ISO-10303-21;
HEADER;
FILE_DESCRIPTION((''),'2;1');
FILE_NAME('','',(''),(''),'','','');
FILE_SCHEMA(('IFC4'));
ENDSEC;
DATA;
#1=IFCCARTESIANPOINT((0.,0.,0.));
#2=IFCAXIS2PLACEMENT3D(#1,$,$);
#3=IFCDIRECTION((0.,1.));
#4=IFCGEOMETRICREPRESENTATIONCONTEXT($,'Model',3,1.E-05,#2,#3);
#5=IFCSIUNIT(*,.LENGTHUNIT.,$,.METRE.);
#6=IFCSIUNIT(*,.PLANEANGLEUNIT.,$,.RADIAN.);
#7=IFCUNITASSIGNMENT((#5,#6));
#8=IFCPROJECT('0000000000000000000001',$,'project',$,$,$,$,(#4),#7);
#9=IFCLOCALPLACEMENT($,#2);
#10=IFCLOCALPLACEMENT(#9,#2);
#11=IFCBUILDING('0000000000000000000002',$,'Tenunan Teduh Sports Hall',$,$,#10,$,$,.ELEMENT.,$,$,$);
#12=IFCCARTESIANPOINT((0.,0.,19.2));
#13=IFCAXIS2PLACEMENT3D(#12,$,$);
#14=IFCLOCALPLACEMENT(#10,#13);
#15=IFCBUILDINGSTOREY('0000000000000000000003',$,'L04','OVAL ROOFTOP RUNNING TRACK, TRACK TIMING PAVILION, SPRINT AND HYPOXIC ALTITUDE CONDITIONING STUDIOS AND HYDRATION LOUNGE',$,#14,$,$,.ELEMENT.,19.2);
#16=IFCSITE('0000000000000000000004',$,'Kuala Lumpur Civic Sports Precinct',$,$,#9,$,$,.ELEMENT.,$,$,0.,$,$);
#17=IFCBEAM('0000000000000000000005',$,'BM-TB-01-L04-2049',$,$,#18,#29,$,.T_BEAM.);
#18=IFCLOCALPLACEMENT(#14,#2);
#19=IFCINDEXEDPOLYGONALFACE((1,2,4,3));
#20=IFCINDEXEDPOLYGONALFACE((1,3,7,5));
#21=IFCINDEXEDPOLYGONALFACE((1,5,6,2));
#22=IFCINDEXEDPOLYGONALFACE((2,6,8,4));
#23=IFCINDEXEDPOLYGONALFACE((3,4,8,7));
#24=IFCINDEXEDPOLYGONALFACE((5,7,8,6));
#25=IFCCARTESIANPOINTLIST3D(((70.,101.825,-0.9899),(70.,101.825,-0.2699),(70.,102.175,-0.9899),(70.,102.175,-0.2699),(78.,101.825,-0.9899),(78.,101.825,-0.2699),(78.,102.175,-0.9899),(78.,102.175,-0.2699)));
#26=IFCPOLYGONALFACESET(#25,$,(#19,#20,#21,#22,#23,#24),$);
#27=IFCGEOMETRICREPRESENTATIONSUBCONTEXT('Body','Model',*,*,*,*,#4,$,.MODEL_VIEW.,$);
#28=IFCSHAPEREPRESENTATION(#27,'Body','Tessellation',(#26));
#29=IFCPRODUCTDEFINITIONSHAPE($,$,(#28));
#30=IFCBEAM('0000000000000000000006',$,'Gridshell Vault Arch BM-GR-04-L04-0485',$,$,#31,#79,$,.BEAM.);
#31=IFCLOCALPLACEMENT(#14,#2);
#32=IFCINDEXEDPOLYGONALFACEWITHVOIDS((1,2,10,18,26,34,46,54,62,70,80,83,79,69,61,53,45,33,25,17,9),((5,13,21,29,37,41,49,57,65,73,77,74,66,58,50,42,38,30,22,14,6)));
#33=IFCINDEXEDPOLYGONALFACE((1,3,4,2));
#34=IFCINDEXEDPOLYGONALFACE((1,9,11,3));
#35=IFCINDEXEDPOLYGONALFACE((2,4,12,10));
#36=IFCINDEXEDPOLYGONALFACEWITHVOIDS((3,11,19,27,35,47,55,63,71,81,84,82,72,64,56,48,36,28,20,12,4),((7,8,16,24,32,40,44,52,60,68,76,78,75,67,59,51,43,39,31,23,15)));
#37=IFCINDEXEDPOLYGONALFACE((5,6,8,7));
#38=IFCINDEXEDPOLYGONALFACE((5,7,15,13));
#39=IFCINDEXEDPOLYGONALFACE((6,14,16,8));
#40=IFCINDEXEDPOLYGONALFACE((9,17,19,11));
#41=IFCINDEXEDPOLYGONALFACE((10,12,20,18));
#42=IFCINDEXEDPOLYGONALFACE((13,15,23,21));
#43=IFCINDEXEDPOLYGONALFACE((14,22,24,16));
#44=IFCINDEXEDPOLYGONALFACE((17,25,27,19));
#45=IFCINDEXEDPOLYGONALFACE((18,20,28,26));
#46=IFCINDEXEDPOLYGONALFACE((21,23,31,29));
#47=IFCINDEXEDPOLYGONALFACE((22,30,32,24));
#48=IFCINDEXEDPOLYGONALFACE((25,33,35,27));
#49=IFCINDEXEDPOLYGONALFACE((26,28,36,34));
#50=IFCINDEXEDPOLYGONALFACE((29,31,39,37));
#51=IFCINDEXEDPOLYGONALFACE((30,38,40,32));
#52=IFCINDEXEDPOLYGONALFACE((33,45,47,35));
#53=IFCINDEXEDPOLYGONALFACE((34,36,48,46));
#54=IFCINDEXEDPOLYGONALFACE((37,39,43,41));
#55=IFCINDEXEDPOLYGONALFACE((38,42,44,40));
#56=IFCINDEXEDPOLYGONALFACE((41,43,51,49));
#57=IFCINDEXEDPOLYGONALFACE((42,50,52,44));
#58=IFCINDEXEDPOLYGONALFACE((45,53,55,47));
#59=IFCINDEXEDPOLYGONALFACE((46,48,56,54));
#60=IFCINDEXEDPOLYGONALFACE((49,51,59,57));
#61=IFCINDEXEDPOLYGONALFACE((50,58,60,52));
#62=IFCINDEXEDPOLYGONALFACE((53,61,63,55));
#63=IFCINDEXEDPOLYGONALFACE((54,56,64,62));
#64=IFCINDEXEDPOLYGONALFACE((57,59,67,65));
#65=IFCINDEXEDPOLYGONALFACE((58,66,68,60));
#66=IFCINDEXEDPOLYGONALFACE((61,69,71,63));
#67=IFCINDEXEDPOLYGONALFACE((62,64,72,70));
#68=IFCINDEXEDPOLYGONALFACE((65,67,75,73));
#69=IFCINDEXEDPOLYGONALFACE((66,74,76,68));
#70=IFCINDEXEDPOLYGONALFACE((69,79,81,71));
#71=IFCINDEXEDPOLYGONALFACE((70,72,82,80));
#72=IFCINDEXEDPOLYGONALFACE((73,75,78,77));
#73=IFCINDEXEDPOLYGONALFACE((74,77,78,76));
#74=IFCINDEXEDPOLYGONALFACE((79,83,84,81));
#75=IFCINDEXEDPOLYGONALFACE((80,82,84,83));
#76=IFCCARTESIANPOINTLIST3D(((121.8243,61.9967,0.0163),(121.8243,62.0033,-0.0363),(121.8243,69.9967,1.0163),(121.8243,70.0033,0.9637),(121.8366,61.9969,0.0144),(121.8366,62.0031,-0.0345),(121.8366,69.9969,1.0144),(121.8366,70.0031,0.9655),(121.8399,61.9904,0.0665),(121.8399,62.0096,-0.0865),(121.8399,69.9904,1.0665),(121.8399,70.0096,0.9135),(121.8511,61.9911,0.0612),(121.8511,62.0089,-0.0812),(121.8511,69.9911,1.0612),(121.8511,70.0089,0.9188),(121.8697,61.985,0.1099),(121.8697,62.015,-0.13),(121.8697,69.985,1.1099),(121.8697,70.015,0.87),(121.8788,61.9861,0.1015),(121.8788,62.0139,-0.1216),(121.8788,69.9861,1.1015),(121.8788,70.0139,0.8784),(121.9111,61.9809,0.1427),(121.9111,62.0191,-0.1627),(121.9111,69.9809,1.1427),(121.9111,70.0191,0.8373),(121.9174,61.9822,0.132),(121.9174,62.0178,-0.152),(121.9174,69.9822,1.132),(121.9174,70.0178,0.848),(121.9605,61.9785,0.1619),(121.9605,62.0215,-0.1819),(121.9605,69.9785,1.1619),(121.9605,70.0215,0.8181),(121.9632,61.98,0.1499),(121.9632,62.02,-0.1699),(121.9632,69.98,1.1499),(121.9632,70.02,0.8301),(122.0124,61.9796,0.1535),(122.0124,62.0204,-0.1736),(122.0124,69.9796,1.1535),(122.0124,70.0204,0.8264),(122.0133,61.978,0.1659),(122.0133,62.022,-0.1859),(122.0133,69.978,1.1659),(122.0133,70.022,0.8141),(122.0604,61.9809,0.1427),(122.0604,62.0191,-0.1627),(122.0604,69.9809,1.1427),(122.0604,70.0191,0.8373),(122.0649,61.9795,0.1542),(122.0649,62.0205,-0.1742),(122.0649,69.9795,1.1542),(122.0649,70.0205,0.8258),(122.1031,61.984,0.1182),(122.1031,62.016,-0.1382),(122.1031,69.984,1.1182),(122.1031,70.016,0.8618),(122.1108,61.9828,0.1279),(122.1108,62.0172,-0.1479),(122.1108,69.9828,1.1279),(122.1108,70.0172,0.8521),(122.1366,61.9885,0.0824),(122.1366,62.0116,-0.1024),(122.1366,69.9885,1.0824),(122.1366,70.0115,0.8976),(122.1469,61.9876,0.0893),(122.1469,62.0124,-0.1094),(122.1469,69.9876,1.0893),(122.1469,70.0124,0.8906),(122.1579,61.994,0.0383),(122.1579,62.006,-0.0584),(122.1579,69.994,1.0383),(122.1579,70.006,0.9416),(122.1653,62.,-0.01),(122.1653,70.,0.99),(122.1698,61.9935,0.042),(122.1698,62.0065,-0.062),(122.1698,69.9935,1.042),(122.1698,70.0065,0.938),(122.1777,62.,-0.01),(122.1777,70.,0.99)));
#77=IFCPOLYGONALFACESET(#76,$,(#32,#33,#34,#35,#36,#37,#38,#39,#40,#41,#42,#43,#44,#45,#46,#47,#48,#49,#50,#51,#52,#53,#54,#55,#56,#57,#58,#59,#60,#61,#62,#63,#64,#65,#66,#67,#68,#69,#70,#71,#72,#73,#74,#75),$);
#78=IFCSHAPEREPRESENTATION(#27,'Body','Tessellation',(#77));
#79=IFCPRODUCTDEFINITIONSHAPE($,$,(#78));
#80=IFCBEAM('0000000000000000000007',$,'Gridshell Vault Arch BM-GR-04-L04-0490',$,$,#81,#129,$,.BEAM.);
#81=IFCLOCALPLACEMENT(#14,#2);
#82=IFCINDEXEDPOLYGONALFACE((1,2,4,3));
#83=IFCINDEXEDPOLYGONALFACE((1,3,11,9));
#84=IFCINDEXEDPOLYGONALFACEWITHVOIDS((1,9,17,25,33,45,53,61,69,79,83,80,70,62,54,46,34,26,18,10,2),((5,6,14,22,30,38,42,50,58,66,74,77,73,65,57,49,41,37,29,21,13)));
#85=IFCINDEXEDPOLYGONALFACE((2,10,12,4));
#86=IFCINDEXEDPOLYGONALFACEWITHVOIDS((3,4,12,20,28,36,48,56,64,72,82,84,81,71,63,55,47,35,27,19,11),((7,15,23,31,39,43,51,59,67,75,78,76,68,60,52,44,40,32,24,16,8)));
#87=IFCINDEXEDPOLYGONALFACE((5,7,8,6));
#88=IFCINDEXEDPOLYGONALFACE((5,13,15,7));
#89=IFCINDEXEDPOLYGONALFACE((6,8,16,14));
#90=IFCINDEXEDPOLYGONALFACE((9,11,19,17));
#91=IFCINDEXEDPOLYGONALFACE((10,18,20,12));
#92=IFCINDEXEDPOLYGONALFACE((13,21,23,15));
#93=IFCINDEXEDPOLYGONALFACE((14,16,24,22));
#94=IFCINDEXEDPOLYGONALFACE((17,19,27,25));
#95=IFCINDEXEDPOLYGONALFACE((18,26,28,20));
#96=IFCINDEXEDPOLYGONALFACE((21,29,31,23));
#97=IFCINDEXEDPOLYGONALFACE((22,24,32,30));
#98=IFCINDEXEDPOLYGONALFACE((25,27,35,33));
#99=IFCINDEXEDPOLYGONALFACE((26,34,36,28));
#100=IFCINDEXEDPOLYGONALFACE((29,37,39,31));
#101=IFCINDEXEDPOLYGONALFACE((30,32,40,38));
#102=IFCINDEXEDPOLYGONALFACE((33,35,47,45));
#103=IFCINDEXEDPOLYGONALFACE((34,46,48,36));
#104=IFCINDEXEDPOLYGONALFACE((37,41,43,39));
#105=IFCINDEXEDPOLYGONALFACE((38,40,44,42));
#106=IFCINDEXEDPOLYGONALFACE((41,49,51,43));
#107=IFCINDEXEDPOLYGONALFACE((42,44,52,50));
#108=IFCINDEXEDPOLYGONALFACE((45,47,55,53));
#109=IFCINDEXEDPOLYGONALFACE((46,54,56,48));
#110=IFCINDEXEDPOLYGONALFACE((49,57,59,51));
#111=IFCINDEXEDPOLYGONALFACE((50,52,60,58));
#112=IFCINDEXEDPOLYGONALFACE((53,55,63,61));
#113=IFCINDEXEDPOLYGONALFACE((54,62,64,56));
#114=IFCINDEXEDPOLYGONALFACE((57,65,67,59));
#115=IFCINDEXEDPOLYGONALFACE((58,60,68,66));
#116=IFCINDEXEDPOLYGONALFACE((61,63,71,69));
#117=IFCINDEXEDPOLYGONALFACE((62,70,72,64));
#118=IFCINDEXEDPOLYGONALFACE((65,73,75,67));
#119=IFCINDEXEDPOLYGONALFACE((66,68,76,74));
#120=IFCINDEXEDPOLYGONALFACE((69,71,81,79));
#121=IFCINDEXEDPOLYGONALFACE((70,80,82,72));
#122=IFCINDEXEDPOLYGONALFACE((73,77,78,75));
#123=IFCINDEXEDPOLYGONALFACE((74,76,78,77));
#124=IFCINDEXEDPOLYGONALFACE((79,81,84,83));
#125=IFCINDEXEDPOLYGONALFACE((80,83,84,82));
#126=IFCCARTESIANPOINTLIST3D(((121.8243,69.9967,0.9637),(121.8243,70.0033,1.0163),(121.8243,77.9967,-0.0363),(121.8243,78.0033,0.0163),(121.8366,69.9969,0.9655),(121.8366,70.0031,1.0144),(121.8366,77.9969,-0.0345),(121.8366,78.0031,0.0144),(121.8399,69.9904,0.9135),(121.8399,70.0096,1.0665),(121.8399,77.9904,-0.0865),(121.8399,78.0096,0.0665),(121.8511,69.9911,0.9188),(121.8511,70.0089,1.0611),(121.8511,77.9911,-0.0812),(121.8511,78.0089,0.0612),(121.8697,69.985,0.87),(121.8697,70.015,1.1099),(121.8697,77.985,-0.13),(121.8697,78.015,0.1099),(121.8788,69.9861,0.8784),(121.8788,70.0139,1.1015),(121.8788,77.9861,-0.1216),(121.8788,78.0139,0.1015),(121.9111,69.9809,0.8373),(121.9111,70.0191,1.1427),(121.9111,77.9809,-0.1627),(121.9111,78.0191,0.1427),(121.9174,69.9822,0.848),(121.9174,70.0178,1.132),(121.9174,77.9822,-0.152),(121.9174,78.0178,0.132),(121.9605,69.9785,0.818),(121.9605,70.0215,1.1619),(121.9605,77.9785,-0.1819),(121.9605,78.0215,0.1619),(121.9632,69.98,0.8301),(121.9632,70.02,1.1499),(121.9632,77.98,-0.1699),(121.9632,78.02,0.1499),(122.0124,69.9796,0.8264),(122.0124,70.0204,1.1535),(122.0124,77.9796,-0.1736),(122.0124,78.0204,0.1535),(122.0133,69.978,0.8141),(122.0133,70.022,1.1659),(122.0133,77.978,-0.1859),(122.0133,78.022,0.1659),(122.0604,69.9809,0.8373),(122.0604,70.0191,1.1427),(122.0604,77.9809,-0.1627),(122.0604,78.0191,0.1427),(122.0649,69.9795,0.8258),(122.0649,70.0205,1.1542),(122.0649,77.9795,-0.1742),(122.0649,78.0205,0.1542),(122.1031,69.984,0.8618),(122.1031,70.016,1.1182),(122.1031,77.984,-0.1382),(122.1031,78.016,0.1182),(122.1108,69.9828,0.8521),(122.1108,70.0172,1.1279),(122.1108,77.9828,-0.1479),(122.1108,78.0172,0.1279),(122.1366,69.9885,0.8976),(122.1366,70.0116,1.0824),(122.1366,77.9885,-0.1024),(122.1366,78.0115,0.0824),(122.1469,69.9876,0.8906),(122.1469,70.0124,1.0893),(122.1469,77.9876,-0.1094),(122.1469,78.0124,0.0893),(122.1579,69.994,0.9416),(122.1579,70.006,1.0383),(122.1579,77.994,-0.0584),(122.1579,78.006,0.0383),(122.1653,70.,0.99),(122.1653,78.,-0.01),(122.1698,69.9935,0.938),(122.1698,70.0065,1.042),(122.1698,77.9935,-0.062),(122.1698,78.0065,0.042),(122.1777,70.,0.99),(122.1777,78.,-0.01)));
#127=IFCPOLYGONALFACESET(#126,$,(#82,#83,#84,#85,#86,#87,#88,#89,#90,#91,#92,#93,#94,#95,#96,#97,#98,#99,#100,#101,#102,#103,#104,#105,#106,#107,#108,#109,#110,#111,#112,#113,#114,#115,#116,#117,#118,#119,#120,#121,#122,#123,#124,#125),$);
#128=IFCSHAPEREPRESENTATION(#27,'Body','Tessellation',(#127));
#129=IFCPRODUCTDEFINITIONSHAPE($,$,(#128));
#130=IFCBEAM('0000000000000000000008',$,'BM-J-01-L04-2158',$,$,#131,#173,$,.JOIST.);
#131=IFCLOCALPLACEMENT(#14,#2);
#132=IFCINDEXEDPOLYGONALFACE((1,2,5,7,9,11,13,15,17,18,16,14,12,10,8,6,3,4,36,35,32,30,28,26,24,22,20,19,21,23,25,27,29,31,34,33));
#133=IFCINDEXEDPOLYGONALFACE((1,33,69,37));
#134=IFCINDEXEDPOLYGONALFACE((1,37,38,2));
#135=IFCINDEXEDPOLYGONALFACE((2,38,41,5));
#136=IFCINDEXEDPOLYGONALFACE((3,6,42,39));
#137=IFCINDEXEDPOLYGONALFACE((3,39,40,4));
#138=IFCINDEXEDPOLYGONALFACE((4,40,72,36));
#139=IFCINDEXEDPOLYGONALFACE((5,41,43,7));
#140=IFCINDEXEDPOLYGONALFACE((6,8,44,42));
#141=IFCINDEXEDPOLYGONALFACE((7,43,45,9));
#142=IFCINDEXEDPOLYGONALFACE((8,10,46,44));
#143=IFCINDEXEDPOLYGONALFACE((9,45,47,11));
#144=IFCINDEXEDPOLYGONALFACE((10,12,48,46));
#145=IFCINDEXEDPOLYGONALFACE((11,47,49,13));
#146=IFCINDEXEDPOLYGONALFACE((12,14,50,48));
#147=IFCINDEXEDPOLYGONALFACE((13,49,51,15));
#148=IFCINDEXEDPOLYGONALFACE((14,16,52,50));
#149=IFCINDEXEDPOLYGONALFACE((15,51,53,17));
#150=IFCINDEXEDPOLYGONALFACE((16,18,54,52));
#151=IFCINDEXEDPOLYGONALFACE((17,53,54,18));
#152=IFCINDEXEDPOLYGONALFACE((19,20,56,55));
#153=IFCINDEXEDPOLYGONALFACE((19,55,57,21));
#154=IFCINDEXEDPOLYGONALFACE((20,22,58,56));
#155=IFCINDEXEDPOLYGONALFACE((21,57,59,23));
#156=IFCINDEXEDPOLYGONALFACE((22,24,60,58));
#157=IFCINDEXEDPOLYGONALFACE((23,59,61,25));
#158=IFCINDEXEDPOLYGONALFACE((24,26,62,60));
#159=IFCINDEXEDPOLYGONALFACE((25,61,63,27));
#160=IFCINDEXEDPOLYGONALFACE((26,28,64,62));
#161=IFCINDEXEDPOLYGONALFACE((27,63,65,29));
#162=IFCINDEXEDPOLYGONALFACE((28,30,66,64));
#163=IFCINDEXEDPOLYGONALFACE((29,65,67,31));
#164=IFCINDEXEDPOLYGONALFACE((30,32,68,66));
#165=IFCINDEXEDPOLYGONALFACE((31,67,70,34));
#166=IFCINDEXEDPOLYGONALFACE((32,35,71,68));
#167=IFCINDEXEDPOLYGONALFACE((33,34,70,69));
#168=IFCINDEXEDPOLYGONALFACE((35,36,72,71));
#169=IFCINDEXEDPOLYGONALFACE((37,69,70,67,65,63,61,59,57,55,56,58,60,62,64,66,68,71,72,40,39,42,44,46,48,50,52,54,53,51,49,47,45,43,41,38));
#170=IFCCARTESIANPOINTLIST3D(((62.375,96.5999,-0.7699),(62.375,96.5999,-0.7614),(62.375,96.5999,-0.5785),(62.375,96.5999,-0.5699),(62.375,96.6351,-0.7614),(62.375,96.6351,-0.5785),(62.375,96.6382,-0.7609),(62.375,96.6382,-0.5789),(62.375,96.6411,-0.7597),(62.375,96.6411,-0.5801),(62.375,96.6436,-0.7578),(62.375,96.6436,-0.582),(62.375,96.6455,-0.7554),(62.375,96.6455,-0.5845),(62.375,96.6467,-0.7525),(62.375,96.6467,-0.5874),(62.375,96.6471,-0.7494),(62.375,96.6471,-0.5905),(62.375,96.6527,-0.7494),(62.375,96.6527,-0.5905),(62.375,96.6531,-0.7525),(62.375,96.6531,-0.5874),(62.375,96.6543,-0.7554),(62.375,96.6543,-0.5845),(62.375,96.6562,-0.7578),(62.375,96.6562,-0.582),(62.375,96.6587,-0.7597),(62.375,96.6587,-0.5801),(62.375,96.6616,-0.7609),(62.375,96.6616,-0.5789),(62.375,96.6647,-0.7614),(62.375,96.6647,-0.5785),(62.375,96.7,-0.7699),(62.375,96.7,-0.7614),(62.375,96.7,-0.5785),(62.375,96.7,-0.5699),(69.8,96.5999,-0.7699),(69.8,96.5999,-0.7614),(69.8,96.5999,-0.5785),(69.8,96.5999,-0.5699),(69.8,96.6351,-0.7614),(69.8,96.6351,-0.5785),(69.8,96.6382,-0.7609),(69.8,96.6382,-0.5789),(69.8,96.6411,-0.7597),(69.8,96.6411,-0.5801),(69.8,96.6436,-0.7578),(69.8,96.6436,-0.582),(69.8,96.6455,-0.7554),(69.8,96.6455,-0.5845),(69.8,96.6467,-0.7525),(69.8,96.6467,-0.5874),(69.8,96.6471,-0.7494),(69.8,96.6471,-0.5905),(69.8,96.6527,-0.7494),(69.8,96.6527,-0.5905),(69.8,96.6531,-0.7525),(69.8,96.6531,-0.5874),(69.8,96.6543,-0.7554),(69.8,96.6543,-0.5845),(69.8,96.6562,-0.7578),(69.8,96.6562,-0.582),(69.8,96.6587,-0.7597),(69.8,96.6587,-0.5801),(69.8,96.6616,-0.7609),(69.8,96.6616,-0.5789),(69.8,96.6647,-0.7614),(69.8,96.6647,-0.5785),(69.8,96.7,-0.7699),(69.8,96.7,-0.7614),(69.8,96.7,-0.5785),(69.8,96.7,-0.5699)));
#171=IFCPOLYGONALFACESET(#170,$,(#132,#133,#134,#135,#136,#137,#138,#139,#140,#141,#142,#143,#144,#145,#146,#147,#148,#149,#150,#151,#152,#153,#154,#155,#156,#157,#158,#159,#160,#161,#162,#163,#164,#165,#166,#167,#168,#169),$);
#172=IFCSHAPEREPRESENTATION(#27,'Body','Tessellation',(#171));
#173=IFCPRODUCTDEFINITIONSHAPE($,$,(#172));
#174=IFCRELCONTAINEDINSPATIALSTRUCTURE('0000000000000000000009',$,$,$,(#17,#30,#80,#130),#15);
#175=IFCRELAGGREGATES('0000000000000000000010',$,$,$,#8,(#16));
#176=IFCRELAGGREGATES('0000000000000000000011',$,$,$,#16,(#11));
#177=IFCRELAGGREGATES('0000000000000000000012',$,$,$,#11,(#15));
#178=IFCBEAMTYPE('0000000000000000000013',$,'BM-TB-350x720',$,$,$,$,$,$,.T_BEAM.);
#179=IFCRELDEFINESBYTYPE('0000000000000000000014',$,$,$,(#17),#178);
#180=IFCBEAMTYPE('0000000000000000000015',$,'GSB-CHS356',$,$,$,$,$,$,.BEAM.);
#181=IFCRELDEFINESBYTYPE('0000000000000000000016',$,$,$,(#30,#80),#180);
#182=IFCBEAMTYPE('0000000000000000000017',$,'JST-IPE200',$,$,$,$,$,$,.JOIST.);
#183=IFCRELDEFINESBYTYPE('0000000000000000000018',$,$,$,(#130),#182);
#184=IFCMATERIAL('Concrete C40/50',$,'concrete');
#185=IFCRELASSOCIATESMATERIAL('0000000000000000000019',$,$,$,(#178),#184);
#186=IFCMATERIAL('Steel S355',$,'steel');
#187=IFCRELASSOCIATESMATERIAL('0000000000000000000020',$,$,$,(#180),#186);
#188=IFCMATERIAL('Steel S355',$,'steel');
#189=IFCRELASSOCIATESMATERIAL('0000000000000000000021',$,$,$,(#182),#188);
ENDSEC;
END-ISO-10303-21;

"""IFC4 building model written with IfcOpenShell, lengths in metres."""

from ifc_helpers import new_model, si_unit, direction, frame, origin, origin_2d, place, context, subcontext, project, spatial, rectangle, hollow_circle, i_section, extrude, material, material_profile, profile_set, type_object, element, save


model = new_model("IFC4")

# Units and contexts
model_context = context("Model", 3, precision=1e-05, world=origin(), true_north=direction((0.0, 1.0)))
body_context = subcontext(model_context, "Body", "Model", "MODEL_VIEW")
ifc_project = project(units=[si_unit("LENGTHUNIT", "METRE"), si_unit("PLANEANGLEUNIT", "RADIAN")], contexts=[model_context])

# Site, building, storey
site_placement = place(None, origin())
site = spatial("IfcSite", under=ifc_project, at=site_placement, Name="Kuala Lumpur Civic Sports Precinct", CompositionType="ELEMENT", RefElevation=0.0)
building_placement = place(site_placement, origin())
building = spatial("IfcBuilding", under=site, at=building_placement, Name="Tenunan Teduh Sports Hall", CompositionType="ELEMENT")
storey_placement = place(building_placement, frame((0.0, 0.0, 19.2)))
storey = spatial("IfcBuildingStorey", under=building, at=storey_placement, Name="L04", Description="OVAL ROOFTOP RUNNING TRACK, TRACK TIMING PAVILION, SPRINT AND HYPOXIC ALTITUDE CONDITIONING STUDIOS AND HYDRATION LOUNGE", CompositionType="ELEMENT", Elevation=19.2)

# Beams
ifc_material_1 = material(Name="Concrete C40/50", Category="concrete")
ifc_material_profile_1 = material_profile(ifc_material_1, rectangle(XDim=0.3501, YDim=0.72, at=origin_2d()), Name="TB 350x720")
ifc_profile_set_1 = profile_set([ifc_material_profile_1], Name="Concrete C40/50")
beam_type_1 = type_object("IfcBeamType", Name="BM-TB-350x720", PredefinedType="T_BEAM", material=ifc_profile_set_1)
beam_1_placement = place(storey_placement, frame((70.0, 102.0, -0.6299), z_axis=(1.0, 0.0, 0.0), x_axis=(0.0, 1.0, 0.0)))
element("IfcBeam", 1, at=beam_1_placement, inside=storey, type_object=beam_type_1, Name="BM-TB-01-L04-2049", PredefinedType="T_BEAM", context=body_context, shape_type="SweptSolid", body=[
    extrude(rectangle(XDim=0.3501, YDim=0.72, at=origin_2d()), origin(), (0.0, 0.0, 1.0), 8.0),
])
ifc_material_2 = material(Name="Steel S355", Category="steel")
ifc_material_profile_2 = material_profile(ifc_material_2, hollow_circle(Radius=0.1777, WallThickness=0.0125, at=origin_2d()), Name="CHS 355.6x12.5")
ifc_profile_set_2 = profile_set([ifc_material_profile_2], Name="Steel S355")
beam_type_2 = type_object("IfcBeamType", Name="GSB-CHS356", PredefinedType="BEAM", material=ifc_profile_set_2)
for number, where, z_axis, x_axis, name in (
    (2, (122.0, 70.0, 0.99), (0.0, -0.992278, -0.124035), (1.0, 0.0, 0.0), "Gridshell Vault Arch BM-GR-04-L04-0485"),
    (3, (122.0, 78.0, -0.01), (0.0, -0.992278, 0.124035), (1.0, 0.0, 0.0), "Gridshell Vault Arch BM-GR-04-L04-0490"),
):
    element("IfcBeam", number, at=place(storey_placement, frame(where, z_axis=z_axis, x_axis=x_axis)), inside=storey, type_object=beam_type_2, Name=name, PredefinedType="BEAM", context=body_context, shape_type="SweptSolid", body=[
        extrude(hollow_circle(Radius=0.1777, WallThickness=0.0125, at=origin_2d()), origin(), (0.0, 0.0, 1.0), 8.0623),
    ])
ifc_material_3 = material(Name="Steel S355", Category="steel")
ifc_material_profile_3 = material_profile(ifc_material_3, i_section(OverallWidth=0.1001, OverallDepth=0.2, WebThickness=0.0056, FlangeThickness=0.0085, FilletRadius=0.012, at=origin_2d()), Name="IPE 200")
ifc_profile_set_3 = profile_set([ifc_material_profile_3], Name="Steel S355")
beam_type_3 = type_object("IfcBeamType", Name="JST-IPE200", PredefinedType="JOIST", material=ifc_profile_set_3)
beam_2_placement = place(storey_placement, frame((62.375, 96.6499, -0.6699), z_axis=(1.0, 0.0, 0.0), x_axis=(0.0, 1.0, 0.0)))
element("IfcBeam", 4, at=beam_2_placement, inside=storey, type_object=beam_type_3, Name="BM-J-01-L04-2158", PredefinedType="JOIST", context=body_context, shape_type="SweptSolid", body=[
    extrude(i_section(OverallWidth=0.1001, OverallDepth=0.2, WebThickness=0.0056, FlangeThickness=0.0085, FilletRadius=0.012, at=origin_2d()), origin(), (0.0, 0.0, 1.0), 7.425),
])

save(model, "model.ifc")
